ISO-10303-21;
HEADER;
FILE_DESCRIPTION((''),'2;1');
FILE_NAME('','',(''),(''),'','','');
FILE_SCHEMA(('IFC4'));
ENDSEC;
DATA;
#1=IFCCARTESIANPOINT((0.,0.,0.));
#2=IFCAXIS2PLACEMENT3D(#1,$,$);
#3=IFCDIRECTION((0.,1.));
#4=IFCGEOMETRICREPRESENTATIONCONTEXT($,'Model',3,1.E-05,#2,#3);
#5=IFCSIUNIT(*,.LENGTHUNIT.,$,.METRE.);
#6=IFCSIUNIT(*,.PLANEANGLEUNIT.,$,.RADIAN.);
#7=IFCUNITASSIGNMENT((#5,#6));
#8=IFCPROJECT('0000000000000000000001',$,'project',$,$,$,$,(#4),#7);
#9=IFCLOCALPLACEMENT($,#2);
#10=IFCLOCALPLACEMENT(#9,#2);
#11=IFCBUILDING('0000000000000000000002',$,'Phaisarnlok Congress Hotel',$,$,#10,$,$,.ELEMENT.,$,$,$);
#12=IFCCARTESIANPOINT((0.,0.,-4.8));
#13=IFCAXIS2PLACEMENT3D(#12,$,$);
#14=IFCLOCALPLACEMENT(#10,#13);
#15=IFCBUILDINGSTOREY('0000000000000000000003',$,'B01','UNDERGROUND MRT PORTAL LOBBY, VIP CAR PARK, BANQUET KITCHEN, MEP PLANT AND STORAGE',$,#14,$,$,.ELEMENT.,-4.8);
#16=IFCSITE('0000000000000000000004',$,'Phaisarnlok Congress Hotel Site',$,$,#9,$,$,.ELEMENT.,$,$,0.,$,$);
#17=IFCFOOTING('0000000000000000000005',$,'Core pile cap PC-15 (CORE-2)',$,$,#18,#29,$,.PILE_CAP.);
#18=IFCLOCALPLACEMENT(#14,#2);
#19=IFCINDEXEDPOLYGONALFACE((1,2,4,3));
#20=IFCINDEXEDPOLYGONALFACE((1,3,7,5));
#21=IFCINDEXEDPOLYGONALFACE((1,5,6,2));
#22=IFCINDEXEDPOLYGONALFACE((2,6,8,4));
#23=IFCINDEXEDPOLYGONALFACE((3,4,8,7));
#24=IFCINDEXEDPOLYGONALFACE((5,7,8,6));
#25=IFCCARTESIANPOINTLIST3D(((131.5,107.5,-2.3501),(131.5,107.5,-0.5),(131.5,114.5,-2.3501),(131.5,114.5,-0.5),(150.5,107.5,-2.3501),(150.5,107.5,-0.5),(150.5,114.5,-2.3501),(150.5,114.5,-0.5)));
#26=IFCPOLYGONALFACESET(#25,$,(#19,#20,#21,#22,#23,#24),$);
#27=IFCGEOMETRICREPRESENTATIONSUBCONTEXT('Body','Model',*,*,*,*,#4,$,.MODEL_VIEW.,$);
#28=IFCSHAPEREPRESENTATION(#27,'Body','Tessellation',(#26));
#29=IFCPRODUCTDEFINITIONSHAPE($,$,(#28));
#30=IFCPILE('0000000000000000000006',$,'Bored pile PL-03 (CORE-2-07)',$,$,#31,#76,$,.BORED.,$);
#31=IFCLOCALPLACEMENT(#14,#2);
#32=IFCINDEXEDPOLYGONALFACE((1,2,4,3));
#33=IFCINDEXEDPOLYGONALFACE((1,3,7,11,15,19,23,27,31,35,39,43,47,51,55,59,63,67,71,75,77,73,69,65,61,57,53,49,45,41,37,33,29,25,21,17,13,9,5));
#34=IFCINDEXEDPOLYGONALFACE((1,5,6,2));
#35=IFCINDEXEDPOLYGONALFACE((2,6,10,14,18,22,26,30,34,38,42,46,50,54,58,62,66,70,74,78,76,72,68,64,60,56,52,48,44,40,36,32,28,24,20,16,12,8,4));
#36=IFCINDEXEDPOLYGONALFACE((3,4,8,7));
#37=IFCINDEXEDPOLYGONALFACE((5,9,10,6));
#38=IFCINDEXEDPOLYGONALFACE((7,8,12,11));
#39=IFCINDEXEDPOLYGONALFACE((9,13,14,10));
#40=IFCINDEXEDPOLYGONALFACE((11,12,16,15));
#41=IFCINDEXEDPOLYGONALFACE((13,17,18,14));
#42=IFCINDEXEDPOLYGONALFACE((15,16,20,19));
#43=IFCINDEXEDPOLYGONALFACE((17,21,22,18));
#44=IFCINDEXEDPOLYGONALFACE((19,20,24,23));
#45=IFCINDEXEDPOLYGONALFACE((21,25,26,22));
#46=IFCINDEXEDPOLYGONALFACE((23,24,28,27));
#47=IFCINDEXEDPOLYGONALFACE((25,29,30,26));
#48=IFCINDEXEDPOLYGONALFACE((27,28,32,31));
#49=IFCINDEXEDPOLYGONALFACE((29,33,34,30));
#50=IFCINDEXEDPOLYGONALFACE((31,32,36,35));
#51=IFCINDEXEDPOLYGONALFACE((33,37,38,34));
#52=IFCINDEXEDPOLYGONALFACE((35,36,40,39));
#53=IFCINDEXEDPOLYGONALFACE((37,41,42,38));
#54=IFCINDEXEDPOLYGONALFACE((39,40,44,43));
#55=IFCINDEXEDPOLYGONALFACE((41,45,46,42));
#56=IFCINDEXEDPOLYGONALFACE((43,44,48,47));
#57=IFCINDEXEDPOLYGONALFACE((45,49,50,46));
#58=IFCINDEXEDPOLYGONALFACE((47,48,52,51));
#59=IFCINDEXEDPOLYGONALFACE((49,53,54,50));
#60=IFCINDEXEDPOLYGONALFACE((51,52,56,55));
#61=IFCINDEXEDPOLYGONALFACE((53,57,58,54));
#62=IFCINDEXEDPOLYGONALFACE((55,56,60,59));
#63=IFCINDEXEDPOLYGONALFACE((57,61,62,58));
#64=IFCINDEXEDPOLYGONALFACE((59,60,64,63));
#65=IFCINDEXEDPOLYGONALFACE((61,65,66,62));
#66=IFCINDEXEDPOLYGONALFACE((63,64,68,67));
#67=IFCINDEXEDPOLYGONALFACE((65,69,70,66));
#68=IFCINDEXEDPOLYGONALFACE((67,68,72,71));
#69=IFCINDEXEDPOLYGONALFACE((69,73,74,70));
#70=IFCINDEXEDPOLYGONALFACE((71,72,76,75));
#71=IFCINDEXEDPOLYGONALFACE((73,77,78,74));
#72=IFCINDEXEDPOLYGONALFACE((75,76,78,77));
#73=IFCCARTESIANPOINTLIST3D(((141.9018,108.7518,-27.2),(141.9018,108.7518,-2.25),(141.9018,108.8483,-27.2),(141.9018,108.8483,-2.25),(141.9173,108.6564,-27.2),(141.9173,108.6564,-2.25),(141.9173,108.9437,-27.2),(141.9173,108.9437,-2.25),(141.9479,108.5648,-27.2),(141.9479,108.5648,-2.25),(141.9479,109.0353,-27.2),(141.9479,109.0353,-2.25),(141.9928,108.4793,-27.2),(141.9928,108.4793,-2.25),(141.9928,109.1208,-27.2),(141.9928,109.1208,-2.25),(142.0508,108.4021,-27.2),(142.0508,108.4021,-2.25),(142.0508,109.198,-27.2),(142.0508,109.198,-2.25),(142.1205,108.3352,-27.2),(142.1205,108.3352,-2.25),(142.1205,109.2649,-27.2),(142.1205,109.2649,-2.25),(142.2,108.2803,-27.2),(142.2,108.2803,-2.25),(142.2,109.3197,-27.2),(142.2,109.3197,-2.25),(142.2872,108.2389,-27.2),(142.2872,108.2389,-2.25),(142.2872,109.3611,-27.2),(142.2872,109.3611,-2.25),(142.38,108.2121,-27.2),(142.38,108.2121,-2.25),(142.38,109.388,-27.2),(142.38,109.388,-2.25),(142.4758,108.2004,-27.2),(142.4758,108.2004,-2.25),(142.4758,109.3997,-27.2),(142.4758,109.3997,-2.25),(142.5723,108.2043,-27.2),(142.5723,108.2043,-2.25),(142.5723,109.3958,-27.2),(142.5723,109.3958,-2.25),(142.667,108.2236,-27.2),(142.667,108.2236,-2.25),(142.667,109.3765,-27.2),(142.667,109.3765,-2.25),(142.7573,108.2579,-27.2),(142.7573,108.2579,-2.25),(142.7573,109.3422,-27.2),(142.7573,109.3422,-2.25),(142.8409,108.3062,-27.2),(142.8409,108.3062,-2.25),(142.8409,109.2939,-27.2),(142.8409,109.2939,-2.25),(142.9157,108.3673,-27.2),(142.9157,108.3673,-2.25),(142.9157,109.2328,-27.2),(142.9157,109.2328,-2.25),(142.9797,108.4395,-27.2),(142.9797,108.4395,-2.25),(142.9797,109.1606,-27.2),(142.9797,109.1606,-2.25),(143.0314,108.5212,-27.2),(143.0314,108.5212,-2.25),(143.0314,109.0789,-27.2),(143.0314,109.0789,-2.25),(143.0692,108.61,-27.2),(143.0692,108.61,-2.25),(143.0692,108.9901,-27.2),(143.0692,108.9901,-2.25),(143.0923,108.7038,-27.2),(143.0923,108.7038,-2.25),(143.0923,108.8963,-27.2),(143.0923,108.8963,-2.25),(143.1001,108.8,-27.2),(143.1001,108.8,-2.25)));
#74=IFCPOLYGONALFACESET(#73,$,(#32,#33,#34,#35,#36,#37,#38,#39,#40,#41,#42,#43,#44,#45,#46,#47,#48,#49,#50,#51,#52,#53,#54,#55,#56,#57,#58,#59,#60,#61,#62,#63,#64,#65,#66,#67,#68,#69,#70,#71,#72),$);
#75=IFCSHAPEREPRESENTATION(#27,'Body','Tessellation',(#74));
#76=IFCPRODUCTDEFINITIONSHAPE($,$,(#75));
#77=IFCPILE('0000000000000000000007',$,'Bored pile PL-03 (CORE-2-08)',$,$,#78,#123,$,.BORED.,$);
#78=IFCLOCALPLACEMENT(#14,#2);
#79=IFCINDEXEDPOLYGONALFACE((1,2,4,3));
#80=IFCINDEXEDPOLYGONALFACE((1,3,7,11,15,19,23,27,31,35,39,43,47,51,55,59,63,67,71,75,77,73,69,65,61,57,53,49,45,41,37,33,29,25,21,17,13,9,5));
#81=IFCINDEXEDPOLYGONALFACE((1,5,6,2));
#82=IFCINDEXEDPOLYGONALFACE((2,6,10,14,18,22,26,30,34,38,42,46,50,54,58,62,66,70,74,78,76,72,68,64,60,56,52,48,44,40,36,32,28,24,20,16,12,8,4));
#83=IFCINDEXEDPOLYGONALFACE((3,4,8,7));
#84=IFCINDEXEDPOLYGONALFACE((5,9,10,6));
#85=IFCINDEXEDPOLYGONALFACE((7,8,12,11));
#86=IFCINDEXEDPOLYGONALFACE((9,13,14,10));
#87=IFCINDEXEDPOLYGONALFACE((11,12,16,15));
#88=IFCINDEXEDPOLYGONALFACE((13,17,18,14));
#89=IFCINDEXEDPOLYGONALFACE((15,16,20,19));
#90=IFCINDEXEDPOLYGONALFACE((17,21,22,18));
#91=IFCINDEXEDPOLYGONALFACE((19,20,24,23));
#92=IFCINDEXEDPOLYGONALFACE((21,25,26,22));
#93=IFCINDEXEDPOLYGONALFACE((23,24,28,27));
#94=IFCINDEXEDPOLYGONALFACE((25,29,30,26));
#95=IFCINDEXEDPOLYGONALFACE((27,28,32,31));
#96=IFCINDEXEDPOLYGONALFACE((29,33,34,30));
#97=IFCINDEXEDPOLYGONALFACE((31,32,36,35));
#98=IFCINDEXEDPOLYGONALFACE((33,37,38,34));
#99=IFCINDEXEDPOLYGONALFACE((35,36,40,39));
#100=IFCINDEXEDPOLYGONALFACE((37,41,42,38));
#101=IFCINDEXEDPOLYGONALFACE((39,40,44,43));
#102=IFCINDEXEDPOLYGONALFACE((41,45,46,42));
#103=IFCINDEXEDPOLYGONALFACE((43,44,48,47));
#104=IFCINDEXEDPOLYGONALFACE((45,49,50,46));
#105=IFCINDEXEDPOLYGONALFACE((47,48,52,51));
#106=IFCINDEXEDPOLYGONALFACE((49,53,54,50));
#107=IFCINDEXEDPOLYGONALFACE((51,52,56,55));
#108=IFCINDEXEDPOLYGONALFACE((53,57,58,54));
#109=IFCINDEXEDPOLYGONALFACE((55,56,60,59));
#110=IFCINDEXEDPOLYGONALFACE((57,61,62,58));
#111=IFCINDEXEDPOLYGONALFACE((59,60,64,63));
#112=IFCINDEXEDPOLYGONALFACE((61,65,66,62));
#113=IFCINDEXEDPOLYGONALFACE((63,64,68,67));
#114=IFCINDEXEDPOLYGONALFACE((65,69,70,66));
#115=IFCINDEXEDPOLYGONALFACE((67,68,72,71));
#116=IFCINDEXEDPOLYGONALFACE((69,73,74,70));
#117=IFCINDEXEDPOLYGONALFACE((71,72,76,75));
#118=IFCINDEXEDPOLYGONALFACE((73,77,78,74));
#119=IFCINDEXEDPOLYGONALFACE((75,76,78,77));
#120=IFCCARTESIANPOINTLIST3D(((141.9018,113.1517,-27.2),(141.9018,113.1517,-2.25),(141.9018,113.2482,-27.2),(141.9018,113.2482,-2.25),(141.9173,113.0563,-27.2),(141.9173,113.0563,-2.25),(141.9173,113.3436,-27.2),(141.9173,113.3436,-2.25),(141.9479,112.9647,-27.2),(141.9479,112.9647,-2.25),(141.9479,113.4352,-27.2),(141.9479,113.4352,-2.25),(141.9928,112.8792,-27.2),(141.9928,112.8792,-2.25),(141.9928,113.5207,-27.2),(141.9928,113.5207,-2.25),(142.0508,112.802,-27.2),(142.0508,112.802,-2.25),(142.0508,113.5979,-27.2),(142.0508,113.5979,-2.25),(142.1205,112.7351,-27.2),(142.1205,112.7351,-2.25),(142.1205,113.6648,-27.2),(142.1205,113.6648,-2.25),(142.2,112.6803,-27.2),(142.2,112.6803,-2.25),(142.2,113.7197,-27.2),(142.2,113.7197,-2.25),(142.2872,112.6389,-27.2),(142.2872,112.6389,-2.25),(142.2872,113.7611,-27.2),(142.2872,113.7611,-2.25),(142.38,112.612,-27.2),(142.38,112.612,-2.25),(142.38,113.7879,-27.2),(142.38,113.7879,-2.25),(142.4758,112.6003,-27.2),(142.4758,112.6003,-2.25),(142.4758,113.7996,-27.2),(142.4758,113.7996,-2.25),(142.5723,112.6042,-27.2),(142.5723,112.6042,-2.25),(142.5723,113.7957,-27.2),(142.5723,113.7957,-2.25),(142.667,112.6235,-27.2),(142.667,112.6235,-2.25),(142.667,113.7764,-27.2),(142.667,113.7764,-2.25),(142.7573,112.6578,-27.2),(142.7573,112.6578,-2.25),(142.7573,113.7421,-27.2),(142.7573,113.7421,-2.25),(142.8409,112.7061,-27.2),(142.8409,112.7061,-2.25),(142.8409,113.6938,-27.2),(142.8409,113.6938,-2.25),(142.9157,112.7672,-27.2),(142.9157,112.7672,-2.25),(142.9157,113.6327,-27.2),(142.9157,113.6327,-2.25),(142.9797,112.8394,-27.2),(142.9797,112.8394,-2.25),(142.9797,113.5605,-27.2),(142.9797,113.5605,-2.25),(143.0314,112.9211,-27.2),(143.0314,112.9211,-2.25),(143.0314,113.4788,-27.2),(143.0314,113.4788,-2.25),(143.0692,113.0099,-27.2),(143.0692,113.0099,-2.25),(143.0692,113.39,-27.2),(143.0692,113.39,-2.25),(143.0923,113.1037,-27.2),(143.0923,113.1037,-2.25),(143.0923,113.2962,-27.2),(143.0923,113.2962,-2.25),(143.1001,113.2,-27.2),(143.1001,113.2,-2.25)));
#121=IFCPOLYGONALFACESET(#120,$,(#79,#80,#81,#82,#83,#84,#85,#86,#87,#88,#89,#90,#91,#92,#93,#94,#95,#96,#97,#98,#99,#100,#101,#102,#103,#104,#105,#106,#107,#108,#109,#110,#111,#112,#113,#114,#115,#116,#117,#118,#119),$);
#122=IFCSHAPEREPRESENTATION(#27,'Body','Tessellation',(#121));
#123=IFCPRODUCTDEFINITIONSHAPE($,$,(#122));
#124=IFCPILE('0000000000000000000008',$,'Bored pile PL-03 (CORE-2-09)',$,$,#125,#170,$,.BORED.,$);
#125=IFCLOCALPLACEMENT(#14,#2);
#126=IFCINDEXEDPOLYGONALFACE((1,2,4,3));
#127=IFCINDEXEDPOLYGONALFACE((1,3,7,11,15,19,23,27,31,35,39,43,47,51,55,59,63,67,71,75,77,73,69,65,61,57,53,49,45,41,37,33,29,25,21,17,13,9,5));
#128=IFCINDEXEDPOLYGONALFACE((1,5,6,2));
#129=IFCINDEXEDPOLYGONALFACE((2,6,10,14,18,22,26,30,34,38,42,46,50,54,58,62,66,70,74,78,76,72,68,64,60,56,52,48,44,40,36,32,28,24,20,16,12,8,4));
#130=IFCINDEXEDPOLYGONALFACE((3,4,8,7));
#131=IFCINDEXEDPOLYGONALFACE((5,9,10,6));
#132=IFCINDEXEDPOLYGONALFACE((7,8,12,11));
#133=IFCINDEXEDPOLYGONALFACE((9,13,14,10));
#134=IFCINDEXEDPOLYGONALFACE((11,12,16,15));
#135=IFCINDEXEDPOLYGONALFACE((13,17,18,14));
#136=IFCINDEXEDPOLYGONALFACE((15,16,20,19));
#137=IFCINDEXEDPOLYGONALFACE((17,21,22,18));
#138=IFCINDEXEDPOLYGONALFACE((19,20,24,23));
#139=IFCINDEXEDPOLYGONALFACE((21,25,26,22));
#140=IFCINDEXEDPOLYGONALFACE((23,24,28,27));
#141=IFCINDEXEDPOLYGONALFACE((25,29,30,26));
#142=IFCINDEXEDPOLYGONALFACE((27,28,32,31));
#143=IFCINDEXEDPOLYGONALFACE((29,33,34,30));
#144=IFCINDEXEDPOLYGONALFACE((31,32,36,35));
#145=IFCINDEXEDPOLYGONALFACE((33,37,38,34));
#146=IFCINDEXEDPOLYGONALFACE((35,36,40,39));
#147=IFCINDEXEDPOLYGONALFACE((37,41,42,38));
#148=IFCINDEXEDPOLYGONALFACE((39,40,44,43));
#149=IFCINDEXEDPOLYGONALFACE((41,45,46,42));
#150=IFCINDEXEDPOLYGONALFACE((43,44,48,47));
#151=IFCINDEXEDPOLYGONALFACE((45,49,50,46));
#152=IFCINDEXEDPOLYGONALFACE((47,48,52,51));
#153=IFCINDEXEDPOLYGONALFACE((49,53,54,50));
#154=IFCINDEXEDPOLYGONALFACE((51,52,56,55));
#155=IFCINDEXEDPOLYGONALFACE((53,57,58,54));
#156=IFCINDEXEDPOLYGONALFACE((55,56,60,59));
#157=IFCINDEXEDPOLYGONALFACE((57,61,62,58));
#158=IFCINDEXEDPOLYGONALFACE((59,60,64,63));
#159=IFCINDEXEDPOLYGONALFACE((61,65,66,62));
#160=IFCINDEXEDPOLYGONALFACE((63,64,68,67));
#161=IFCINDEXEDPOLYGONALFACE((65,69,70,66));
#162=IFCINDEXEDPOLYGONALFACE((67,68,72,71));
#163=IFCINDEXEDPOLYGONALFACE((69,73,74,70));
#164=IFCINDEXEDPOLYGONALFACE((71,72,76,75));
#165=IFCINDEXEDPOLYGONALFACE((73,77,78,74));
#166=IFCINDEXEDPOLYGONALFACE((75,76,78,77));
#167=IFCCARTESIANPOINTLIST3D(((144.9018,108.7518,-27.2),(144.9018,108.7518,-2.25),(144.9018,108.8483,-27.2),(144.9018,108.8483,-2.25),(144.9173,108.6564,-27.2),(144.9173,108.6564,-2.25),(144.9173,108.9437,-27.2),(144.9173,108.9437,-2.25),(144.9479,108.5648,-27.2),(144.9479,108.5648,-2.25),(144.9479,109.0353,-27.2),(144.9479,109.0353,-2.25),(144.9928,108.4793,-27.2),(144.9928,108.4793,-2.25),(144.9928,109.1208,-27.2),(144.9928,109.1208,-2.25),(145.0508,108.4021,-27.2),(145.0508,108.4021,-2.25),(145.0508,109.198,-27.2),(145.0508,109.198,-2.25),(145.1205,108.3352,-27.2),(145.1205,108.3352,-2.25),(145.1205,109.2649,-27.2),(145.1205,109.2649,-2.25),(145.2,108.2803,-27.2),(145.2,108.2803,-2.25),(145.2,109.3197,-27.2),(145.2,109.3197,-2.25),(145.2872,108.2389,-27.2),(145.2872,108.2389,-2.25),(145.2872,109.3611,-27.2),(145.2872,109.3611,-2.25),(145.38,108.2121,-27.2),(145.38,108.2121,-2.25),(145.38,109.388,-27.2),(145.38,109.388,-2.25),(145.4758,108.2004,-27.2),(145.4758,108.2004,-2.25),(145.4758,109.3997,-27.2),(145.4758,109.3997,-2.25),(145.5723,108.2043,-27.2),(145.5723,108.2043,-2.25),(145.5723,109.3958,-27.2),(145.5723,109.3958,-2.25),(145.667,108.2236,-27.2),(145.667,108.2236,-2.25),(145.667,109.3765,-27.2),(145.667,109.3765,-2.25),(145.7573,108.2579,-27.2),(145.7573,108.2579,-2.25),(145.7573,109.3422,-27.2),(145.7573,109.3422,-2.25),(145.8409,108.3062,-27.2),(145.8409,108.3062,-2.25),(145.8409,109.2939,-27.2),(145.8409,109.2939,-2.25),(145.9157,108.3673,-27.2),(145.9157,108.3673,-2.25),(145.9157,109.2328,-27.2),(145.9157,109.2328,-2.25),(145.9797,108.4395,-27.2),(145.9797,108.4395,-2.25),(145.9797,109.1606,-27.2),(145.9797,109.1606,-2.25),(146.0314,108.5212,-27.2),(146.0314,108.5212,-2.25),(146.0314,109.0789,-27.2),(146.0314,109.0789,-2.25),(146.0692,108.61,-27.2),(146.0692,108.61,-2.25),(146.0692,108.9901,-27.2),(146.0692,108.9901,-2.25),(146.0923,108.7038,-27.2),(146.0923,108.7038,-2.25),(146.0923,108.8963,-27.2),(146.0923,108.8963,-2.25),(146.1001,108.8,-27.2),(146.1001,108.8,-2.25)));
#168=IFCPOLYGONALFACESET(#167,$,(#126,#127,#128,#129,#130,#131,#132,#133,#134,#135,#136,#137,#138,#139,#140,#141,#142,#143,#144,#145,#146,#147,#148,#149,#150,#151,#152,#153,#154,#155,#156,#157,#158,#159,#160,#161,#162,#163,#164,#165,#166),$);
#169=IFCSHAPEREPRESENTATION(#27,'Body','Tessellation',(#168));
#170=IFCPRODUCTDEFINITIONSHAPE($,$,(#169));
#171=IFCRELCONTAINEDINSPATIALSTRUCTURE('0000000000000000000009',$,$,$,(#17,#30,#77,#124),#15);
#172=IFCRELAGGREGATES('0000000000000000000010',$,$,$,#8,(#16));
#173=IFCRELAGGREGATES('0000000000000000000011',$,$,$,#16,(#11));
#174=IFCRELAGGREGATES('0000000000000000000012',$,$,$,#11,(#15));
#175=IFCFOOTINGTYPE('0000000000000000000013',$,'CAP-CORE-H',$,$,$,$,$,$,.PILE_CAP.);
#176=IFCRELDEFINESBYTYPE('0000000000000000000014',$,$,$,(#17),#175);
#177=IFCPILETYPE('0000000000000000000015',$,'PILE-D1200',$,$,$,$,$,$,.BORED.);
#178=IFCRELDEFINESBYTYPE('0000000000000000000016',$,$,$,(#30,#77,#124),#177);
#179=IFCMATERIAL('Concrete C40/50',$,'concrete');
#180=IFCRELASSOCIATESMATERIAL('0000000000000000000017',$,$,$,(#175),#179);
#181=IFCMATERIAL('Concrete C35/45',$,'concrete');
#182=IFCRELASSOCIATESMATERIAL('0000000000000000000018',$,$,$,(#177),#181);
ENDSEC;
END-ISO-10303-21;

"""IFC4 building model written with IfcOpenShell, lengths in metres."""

from ifc_helpers import new_model, si_unit, direction, frame, origin, origin_2d, place, context, subcontext, project, spatial, rectangle, circle, extrude, material, material_profile, profile_set, type_object, element, save


model = new_model("IFC4")

# Units and contexts
model_context = context("Model", 3, precision=1e-05, world=origin(), true_north=direction((0.0, 1.0)))
body_context = subcontext(model_context, "Body", "Model", "MODEL_VIEW")
ifc_project = project(units=[si_unit("LENGTHUNIT", "METRE"), si_unit("PLANEANGLEUNIT", "RADIAN")], contexts=[model_context])

# Site, building, storey
site_placement = place(None, origin())
site = spatial("IfcSite", under=ifc_project, at=site_placement, Name="Phaisarnlok Congress Hotel Site", CompositionType="ELEMENT", RefElevation=0.0)
building_placement = place(site_placement, origin())
building = spatial("IfcBuilding", under=site, at=building_placement, Name="Phaisarnlok Congress Hotel", CompositionType="ELEMENT")
storey_placement = place(building_placement, frame((0.0, 0.0, -4.8)))
storey = spatial("IfcBuildingStorey", under=building, at=storey_placement, Name="B01", Description="UNDERGROUND MRT PORTAL LOBBY, VIP CAR PARK, BANQUET KITCHEN, MEP PLANT AND STORAGE", CompositionType="ELEMENT", Elevation=-4.8)

# Footing
ifc_material_1 = material(Name="Concrete C40/50", Category="concrete")
footing_type = type_object("IfcFootingType", Name="CAP-CORE-H", PredefinedType="PILE_CAP", material=ifc_material_1)
footing_placement = place(storey_placement, frame((141.0, 111.0, -2.3501), z_axis=(0.0, 0.0, 1.0), x_axis=(1.0, 0.0, 0.0)))
element("IfcFooting", 1, at=footing_placement, inside=storey, type_object=footing_type, Name="Core pile cap PC-15 (CORE-2)", PredefinedType="PILE_CAP", context=body_context, shape_type="SweptSolid", body=[
    extrude(rectangle(XDim=19.0, YDim=7.0, at=origin_2d()), origin(), (0.0, 0.0, 1.0), 1.8501),
])

# Piles
ifc_material_2 = material(Name="Concrete C35/45", Category="concrete")
ifc_material_profile_1 = material_profile(ifc_material_2, circle(Radius=0.6001, at=origin_2d()), Name="BORED PILE D1200")
ifc_profile_set_1 = profile_set([ifc_material_profile_1], Name="Concrete C35/45")
pile_type = type_object("IfcPileType", Name="PILE-D1200", PredefinedType="BORED", material=ifc_profile_set_1)
for number, where, z_axis, x_axis, name in (
    (2, (142.5, 108.8, -2.25), (0.0, 0.0, -1.0), (1.0, 0.0, 0.0), "Bored pile PL-03 (CORE-2-07)"),
    (3, (142.5, 113.2, -2.25), (0.0, 0.0, -1.0), (1.0, 0.0, 0.0), "Bored pile PL-03 (CORE-2-08)"),
    (4, (145.5, 108.8, -2.25), (0.0, 0.0, -1.0), (1.0, 0.0, 0.0), "Bored pile PL-03 (CORE-2-09)"),
):
    element("IfcPile", number, at=place(storey_placement, frame(where, z_axis=z_axis, x_axis=x_axis)), inside=storey, type_object=pile_type, Name=name, PredefinedType="BORED", context=body_context, shape_type="SweptSolid", body=[
        extrude(circle(Radius=0.6001, at=origin_2d()), origin(), (0.0, 0.0, 1.0), 24.95),
    ])

save(model, "model.ifc")
